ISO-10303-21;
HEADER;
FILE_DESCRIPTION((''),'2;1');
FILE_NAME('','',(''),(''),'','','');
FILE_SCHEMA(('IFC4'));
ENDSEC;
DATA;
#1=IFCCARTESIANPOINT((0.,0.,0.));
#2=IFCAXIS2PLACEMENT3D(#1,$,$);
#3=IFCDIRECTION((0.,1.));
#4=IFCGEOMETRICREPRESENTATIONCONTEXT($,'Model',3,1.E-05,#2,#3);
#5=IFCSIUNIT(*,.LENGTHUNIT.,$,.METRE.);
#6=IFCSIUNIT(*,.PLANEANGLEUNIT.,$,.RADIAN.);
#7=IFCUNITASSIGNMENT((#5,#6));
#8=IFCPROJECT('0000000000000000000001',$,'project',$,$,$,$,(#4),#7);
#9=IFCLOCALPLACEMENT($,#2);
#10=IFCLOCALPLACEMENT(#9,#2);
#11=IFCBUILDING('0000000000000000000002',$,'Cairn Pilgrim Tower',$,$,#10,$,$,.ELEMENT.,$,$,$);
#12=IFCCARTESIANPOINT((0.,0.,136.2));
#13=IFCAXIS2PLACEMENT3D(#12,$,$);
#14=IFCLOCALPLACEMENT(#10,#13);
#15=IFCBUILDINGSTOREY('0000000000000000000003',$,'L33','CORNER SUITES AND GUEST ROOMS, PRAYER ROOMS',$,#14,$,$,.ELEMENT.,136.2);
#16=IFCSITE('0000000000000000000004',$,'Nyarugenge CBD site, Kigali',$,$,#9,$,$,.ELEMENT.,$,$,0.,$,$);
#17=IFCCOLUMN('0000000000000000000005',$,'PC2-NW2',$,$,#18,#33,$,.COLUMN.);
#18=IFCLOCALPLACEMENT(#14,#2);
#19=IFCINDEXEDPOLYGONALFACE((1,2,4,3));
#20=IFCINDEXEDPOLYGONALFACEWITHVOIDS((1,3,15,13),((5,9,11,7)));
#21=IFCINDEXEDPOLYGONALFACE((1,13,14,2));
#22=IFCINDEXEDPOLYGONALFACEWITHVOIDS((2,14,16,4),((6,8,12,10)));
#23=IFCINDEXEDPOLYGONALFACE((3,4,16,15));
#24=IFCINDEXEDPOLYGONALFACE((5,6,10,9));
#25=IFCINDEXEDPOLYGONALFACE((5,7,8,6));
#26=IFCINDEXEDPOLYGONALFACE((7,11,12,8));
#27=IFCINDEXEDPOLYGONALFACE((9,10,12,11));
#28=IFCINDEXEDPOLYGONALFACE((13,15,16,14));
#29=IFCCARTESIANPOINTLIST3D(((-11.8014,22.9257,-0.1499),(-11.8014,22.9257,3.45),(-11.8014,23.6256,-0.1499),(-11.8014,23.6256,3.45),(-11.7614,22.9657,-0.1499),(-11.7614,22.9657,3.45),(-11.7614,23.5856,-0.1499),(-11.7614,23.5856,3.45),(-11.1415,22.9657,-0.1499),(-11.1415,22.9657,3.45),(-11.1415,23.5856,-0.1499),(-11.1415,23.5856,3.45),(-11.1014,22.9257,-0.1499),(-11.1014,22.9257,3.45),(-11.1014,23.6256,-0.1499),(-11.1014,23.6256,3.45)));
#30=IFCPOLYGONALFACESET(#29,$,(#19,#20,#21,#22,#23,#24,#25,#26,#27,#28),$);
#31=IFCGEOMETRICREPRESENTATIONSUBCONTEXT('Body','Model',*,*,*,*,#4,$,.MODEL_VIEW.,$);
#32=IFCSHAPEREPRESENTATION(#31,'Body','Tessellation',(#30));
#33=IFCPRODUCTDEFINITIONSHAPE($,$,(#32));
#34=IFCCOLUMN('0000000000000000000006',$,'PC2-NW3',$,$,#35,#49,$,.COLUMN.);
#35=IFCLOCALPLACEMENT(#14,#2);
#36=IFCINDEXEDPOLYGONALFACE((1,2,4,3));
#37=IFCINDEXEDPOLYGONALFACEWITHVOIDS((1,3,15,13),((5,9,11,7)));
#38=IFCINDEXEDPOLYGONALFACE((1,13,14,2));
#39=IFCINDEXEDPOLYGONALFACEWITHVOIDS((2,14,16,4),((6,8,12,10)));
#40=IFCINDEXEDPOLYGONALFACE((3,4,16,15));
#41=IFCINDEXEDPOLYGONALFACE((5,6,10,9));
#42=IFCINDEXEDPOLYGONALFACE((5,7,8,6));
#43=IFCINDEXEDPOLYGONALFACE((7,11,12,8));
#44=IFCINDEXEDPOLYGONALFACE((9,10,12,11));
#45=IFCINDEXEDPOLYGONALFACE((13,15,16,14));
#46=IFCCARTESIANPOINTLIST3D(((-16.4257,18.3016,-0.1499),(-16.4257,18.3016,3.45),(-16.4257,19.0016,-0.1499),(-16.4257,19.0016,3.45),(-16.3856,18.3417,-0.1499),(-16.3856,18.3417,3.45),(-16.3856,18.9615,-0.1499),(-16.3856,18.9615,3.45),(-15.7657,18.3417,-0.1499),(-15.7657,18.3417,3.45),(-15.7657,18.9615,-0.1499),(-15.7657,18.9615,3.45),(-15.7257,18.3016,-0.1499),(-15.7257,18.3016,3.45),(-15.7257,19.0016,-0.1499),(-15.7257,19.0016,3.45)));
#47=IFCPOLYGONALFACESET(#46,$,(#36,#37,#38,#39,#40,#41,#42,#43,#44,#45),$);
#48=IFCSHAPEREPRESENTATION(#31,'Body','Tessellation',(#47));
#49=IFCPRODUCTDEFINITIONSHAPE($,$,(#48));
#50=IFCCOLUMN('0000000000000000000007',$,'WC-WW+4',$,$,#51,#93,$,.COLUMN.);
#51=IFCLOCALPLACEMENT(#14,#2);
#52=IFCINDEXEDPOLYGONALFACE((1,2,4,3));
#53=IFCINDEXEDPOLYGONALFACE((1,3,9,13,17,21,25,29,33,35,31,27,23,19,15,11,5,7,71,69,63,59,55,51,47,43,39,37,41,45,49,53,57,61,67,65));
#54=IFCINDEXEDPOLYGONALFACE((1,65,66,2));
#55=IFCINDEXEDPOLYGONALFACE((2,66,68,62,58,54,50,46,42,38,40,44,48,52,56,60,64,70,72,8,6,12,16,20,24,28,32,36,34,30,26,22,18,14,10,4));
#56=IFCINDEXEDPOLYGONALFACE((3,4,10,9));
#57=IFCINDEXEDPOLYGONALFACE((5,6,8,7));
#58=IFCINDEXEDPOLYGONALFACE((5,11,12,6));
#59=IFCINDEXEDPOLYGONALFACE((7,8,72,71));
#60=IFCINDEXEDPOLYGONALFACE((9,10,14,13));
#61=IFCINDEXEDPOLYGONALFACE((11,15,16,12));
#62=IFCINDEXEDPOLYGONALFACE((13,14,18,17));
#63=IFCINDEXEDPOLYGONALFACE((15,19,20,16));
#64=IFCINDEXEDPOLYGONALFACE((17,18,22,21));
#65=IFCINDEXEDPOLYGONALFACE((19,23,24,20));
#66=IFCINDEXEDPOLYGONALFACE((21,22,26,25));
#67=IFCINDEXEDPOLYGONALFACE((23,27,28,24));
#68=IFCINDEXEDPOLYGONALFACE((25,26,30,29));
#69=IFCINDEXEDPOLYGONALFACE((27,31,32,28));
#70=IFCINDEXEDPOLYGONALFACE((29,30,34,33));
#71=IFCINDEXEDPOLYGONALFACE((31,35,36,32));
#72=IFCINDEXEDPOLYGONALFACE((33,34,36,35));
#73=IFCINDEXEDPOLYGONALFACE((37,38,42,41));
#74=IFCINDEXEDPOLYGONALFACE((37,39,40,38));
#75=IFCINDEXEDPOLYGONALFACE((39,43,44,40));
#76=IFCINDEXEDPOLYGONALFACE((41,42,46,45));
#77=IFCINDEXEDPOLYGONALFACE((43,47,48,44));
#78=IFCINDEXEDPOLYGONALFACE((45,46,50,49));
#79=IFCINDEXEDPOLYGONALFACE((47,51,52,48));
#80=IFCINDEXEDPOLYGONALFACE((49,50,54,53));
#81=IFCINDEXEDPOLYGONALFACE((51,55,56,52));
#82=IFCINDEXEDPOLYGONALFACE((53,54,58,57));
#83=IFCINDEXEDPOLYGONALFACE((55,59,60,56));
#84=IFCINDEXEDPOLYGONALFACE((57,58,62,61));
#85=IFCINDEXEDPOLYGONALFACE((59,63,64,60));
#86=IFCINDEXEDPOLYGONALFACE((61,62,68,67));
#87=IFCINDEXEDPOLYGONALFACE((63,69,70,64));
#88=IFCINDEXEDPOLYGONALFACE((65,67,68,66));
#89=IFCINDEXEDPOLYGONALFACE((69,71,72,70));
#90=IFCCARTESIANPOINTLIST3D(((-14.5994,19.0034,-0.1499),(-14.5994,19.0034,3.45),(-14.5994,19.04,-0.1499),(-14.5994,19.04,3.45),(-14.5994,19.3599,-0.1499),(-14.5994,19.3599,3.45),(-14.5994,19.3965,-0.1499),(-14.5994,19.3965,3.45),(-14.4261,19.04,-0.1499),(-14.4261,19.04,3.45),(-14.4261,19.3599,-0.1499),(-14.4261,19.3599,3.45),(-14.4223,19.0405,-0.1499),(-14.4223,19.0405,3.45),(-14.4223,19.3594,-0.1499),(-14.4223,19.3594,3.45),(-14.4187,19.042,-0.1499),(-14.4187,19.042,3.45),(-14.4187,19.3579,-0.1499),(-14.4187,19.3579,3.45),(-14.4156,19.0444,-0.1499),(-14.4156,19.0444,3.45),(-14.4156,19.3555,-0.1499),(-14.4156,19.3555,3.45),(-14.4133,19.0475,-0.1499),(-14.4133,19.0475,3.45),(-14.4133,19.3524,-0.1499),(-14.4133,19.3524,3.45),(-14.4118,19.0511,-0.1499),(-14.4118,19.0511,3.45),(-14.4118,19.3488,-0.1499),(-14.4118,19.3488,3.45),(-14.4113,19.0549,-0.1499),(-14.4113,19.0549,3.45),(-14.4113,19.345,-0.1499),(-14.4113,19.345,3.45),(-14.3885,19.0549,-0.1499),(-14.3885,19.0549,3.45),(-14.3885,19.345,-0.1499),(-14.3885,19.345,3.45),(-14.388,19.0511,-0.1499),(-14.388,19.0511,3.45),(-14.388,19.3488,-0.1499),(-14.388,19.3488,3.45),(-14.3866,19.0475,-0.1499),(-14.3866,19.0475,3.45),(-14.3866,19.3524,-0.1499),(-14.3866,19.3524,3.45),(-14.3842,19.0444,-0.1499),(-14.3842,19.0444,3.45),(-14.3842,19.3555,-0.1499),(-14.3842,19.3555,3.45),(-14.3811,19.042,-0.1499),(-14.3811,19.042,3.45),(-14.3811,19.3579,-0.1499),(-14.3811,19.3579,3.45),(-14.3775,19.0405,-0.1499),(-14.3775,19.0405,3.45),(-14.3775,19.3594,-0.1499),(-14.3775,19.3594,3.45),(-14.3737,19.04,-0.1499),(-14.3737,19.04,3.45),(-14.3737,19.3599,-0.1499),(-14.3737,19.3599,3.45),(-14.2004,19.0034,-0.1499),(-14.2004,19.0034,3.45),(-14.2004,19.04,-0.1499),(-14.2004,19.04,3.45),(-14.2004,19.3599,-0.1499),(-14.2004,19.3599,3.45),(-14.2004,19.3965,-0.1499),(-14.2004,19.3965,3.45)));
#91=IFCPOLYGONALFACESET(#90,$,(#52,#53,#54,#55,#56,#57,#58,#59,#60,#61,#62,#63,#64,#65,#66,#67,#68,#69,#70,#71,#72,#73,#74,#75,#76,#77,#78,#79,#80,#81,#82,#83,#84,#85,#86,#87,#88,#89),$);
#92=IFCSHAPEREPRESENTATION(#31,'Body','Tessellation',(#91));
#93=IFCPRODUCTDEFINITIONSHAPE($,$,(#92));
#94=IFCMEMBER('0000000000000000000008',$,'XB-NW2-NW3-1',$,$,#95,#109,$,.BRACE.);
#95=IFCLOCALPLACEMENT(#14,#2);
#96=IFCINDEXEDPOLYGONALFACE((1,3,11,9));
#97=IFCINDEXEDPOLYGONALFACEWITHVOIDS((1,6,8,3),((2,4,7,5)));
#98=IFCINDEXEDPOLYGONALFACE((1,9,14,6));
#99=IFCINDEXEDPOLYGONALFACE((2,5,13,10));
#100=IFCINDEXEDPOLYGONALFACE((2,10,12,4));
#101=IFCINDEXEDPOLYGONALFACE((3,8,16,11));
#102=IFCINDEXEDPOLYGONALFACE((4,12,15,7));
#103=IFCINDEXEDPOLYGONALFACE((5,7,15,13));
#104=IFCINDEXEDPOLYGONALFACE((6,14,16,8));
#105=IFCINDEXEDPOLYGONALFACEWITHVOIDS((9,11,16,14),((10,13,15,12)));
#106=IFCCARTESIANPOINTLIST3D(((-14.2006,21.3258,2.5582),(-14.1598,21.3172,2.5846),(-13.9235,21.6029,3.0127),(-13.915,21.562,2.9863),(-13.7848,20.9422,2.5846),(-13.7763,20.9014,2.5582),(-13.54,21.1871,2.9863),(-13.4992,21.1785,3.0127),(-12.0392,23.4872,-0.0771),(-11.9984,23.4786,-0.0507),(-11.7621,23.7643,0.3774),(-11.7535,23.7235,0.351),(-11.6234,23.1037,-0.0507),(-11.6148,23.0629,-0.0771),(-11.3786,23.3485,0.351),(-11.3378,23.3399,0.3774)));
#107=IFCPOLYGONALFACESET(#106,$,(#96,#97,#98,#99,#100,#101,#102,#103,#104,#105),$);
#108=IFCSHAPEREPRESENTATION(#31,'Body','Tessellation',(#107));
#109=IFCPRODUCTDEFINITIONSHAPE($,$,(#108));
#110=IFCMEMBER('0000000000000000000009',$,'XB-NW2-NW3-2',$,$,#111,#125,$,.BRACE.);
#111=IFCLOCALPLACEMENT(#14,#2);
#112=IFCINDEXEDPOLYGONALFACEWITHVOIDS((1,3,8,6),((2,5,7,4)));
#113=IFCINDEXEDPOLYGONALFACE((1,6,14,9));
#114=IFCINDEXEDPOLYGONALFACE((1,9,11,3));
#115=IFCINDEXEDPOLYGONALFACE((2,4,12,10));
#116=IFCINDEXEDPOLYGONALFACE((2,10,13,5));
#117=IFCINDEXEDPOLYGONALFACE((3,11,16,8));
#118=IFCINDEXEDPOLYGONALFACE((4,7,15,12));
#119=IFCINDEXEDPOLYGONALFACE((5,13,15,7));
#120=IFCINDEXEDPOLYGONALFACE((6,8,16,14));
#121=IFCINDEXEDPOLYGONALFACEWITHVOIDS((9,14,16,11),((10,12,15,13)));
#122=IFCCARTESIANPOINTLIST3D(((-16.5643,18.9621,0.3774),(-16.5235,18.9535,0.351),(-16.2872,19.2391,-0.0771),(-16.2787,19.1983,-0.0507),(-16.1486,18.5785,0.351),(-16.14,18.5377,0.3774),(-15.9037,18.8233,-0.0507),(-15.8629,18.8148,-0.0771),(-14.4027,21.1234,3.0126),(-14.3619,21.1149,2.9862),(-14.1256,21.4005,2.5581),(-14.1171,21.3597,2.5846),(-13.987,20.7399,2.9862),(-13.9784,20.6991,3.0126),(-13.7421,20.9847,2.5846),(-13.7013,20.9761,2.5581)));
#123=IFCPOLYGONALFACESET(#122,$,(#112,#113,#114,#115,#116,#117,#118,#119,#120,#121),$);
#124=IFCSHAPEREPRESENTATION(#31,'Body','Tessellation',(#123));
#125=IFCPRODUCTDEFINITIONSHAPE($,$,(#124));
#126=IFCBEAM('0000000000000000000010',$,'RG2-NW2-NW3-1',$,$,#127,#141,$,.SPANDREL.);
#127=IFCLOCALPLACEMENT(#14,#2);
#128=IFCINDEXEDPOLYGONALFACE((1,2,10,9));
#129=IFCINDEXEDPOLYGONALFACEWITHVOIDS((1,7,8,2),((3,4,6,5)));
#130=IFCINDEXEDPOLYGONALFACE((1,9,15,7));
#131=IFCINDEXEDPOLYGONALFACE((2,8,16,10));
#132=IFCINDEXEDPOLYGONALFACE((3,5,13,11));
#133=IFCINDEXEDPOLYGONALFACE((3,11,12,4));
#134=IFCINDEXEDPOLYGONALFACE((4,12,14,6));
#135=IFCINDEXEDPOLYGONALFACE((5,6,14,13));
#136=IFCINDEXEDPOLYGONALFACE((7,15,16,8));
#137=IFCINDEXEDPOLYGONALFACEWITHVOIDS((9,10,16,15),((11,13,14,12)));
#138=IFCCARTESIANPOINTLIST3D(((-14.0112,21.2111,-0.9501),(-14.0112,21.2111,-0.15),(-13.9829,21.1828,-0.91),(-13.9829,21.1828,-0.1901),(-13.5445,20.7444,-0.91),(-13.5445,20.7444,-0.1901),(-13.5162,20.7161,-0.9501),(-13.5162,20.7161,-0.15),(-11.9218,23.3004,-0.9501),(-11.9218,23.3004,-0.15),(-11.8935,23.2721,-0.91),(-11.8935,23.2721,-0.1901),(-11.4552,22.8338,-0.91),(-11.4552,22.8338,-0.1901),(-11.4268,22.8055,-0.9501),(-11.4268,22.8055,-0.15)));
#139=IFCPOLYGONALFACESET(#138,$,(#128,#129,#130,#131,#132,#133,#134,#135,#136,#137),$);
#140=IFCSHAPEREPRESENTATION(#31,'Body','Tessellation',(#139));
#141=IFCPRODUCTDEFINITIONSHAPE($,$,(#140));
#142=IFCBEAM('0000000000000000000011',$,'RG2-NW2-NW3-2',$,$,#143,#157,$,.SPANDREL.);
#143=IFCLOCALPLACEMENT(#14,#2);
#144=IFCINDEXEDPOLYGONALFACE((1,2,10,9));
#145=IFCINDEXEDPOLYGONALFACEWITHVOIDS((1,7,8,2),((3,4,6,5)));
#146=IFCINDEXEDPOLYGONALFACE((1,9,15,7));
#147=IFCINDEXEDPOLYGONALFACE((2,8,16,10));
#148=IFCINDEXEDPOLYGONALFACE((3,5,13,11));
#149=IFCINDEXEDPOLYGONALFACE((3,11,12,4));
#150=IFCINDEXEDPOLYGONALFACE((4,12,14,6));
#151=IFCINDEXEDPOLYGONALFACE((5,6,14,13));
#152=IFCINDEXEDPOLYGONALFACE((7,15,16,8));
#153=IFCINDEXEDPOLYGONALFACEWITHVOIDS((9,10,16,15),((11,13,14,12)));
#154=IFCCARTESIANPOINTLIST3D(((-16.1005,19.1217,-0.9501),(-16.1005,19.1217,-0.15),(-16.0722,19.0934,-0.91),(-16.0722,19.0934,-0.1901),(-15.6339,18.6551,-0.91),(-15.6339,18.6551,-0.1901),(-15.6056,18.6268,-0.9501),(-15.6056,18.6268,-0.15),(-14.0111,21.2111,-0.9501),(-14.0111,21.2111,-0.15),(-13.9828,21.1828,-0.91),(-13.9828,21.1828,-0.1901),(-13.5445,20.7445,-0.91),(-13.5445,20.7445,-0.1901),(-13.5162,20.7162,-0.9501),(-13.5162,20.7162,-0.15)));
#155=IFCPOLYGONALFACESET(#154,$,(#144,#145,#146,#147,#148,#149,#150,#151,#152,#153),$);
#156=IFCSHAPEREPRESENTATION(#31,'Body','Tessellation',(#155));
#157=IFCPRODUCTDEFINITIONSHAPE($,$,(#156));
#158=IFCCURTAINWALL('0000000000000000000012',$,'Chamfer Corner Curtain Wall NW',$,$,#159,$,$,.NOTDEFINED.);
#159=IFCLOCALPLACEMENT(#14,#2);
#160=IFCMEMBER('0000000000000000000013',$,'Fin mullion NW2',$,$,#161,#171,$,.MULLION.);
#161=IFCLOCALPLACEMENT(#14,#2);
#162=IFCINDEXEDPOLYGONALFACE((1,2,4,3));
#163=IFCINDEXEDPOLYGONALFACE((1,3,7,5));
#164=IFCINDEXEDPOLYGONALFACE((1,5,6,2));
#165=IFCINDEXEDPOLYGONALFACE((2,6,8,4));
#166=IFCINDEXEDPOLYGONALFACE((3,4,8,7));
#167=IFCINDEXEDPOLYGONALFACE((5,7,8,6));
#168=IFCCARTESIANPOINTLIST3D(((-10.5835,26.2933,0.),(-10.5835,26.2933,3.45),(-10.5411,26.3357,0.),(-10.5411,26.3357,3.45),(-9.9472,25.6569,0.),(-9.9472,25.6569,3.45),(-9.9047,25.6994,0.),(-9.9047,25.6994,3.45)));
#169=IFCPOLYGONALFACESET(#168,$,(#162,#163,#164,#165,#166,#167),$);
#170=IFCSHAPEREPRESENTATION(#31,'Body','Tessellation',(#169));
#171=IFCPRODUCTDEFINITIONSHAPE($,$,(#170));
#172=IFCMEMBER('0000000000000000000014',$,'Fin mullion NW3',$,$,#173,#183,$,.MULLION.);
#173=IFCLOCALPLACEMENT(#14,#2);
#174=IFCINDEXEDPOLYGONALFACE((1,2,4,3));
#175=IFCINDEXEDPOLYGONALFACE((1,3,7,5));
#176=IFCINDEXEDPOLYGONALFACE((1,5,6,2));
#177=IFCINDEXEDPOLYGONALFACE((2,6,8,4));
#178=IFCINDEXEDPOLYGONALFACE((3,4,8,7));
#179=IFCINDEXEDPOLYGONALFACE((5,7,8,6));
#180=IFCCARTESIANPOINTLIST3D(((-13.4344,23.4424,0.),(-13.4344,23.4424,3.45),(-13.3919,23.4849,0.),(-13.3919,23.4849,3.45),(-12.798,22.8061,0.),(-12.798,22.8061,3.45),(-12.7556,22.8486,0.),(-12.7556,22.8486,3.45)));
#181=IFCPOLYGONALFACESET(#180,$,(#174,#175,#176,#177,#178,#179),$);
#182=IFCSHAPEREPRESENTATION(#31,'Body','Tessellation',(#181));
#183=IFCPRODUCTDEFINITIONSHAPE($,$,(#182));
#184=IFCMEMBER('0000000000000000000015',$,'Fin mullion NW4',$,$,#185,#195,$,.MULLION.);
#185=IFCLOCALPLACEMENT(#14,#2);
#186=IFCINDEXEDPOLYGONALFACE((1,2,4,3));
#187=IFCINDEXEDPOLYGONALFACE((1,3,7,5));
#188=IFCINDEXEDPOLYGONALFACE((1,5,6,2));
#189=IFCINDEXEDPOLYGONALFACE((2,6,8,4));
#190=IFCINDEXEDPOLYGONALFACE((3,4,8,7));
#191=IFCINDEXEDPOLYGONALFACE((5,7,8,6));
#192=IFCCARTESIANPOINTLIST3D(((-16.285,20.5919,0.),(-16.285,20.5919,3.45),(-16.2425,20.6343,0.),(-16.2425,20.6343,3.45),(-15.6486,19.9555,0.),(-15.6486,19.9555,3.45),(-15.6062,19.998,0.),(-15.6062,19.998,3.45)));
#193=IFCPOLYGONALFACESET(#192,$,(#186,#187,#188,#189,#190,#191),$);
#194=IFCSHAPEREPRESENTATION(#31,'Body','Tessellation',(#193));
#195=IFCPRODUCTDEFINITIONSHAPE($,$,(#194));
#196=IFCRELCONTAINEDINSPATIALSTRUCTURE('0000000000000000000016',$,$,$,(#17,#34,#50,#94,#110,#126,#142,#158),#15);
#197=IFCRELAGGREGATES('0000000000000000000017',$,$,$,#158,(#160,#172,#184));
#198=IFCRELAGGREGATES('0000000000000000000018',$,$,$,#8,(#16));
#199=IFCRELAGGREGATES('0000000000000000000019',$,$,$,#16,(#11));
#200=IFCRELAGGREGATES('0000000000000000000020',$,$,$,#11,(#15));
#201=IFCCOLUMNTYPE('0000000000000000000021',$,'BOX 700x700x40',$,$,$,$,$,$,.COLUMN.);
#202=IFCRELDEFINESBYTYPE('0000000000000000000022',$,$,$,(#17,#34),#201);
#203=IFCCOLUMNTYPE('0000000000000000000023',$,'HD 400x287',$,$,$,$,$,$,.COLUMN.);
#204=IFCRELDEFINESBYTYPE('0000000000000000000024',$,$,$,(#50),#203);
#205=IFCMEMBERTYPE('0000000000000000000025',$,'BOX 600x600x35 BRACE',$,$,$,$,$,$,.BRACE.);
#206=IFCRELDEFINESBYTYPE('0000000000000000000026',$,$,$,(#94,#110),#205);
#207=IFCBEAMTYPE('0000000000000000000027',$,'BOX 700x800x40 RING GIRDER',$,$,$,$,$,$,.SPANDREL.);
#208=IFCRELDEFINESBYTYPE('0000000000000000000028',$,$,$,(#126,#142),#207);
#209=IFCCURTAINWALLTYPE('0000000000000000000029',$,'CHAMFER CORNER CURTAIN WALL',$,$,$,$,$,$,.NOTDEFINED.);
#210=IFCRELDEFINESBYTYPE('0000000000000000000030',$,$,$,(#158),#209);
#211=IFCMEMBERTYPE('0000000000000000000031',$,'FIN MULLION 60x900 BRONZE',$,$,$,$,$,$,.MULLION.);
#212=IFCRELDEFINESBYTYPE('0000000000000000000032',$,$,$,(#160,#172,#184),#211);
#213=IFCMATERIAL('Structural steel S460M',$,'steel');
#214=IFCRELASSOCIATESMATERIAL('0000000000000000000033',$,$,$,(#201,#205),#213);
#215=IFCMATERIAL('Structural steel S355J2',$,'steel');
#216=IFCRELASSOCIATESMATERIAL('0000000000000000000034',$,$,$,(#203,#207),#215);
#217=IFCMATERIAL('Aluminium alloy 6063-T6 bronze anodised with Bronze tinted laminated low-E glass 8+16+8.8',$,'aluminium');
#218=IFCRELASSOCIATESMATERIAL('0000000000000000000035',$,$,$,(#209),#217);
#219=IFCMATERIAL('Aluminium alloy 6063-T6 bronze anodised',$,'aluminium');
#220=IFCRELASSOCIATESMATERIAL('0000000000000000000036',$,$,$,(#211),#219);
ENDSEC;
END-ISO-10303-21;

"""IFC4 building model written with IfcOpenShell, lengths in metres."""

from ifc_helpers import new_model, si_unit, direction, frame, origin, origin_2d, place, context, subcontext, project, spatial, rectangle, hollow_rectangle, i_section, extrude, material, material_profile, profile_set, type_object, element, aggregate, save


model = new_model("IFC4")

# Units and contexts
model_context = context("Model", 3, precision=1e-05, world=origin(), true_north=direction((0.0, 1.0)))
body_context = subcontext(model_context, "Body", "Model", "MODEL_VIEW")
ifc_project = project(units=[si_unit("LENGTHUNIT", "METRE"), si_unit("PLANEANGLEUNIT", "RADIAN")], contexts=[model_context])

# Site, building, storey
site_placement = place(None, origin())
site = spatial("IfcSite", under=ifc_project, at=site_placement, Name="Nyarugenge CBD site, Kigali", CompositionType="ELEMENT", RefElevation=0.0)
building_placement = place(site_placement, origin())
building = spatial("IfcBuilding", under=site, at=building_placement, Name="Cairn Pilgrim Tower", CompositionType="ELEMENT")
storey_placement = place(building_placement, frame((0.0, 0.0, 136.2)))
storey = spatial("IfcBuildingStorey", under=building, at=storey_placement, Name="L33", Description="CORNER SUITES AND GUEST ROOMS, PRAYER ROOMS", CompositionType="ELEMENT", Elevation=136.2)

# Columns
ifc_material_1 = material(Name="Structural steel S460M", Category="steel")
ifc_material_profile_1 = material_profile(ifc_material_1, hollow_rectangle(XDim=0.7, YDim=0.7, WallThickness=0.04, at=origin_2d()), Name="BOX 700x700x40")
ifc_profile_set_1 = profile_set([ifc_material_profile_1], Name="Structural steel S460M")
column_type_1 = type_object("IfcColumnType", Name="BOX 700x700x40", PredefinedType="COLUMN", material=ifc_profile_set_1)
for number, where, z_axis, x_axis, name in (
    (1, (-11.4514, 23.2756, -0.1499), (0.0, 0.0, 1.0), (1.0, 0.0, 0.0), "PC2-NW2"),
    (2, (-16.0757, 18.6516, -0.1499), (0.0, 0.0, 1.0), (1.0, 0.0, 0.0), "PC2-NW3"),
):
    element("IfcColumn", number, at=place(storey_placement, frame(where, z_axis=z_axis, x_axis=x_axis)), inside=storey, type_object=column_type_1, Name=name, PredefinedType="COLUMN", context=body_context, shape_type="SweptSolid", body=[
        extrude(hollow_rectangle(XDim=0.7, YDim=0.7, WallThickness=0.04, at=origin_2d()), origin(), (0.0, 0.0, 1.0), 3.5999),
    ])
ifc_material_2 = material(Name="Structural steel S355J2", Category="steel")
ifc_material_profile_2 = material_profile(ifc_material_2, i_section(OverallWidth=0.3989, OverallDepth=0.3931, WebThickness=0.0227, FlangeThickness=0.0366, FilletRadius=0.0149, at=origin_2d()), Name="HD 400x287")
ifc_profile_set_2 = profile_set([ifc_material_profile_2], Name="Structural steel S355J2")
column_type_2 = type_object("IfcColumnType", Name="HD 400x287", PredefinedType="COLUMN", material=ifc_profile_set_2)
column_placement = place(storey_placement, frame((-14.3999, 19.2, -0.1499), z_axis=(0.0, 0.0, 1.0), x_axis=(1.0, 0.0, 0.0)))
element("IfcColumn", 3, at=column_placement, inside=storey, type_object=column_type_2, Name="WC-WW+4", PredefinedType="COLUMN", context=body_context, shape_type="SweptSolid", body=[
    extrude(i_section(OverallWidth=0.3989, OverallDepth=0.3931, WebThickness=0.0227, FlangeThickness=0.0366, FilletRadius=0.0149, at=origin_2d()), origin(), (0.0, 0.0, 1.0), 3.5999),
])

# Members
ifc_material_profile_3 = material_profile(ifc_material_1, hollow_rectangle(XDim=0.6001, YDim=0.6001, WallThickness=0.0349, at=origin_2d()), Name="BOX 600x600x35")
ifc_profile_set_3 = profile_set([ifc_material_profile_3], Name="Structural steel S460M")
member_type_1 = type_object("IfcMemberType", Name="BOX 600x600x35 BRACE", PredefinedType="BRACE", material=ifc_profile_set_3)
for number, where, z_axis, x_axis, name in (
    (4, (-11.6885, 23.4136, 0.1501), (-0.535551, -0.535551, 0.65297), (0.707107, -0.707107, 0.0), "XB-NW2-NW3-1"),
    (5, (-16.2136, 18.8884, 0.1501), (0.535594, 0.535534, 0.652949), (-0.707067, 0.707147, 0.0), "XB-NW2-NW3-2"),
):
    element("IfcMember", number, at=place(storey_placement, frame(where, z_axis=z_axis, x_axis=x_axis)), inside=storey, type_object=member_type_1, Name=name, PredefinedType="BRACE", context=body_context, shape_type="SweptSolid", body=[
        extrude(hollow_rectangle(XDim=0.6001, YDim=0.6001, WallThickness=0.0349, at=origin_2d()), origin(), (0.0, 0.0, 1.0), 4.0359),
    ])

# Beams
ifc_material_profile_4 = material_profile(ifc_material_2, hollow_rectangle(XDim=0.7, YDim=0.8, WallThickness=0.04, at=origin_2d()), Name="BOX 700x800x40")
ifc_profile_set_4 = profile_set([ifc_material_profile_4], Name="Structural steel S355J2")
beam_type_1 = type_object("IfcBeamType", Name="BOX 700x800x40 RING GIRDER", PredefinedType="SPANDREL", material=ifc_profile_set_4)
for number, where, z_axis, x_axis, name in (
    (6, (-11.6743, 23.053, -0.55), (-0.707107, -0.707107, 0.0), (0.707107, -0.707107, 0.0), "RG2-NW2-NW3-1"),
    (7, (-13.7637, 20.9636, -0.55), (-0.707107, -0.707107, 0.0), (0.707107, -0.707107, 0.0), "RG2-NW2-NW3-2"),
):
    element("IfcBeam", number, at=place(storey_placement, frame(where, z_axis=z_axis, x_axis=x_axis)), inside=storey, type_object=beam_type_1, Name=name, PredefinedType="SPANDREL", context=body_context, shape_type="SweptSolid", body=[
        extrude(hollow_rectangle(XDim=0.7, YDim=0.8, WallThickness=0.04, at=origin_2d()), origin(), (0.0, 0.0, 1.0), 2.9548),
    ])

# Curtain wall, members
ifc_material_3 = material(Name="Aluminium alloy 6063-T6 bronze anodised with Bronze tinted laminated low-E glass 8+16+8.8", Category="aluminium")
curtain_wall_type = type_object("IfcCurtainWallType", Name="CHAMFER CORNER CURTAIN WALL", PredefinedType="NOTDEFINED", material=ifc_material_3)
curtain_wall_placement = place(storey_placement, origin())
curtain_wall = element("IfcCurtainWall", 8, at=curtain_wall_placement, inside=storey, type_object=curtain_wall_type, Name="Chamfer Corner Curtain Wall NW", PredefinedType="NOTDEFINED")
ifc_material_4 = material(Name="Aluminium alloy 6063-T6 bronze anodised", Category="aluminium")
ifc_material_profile_5 = material_profile(ifc_material_4, rectangle(XDim=0.8999, YDim=0.0601, at=origin_2d()), Name="FIN MULLION 60x900 BRONZE")
ifc_profile_set_5 = profile_set([ifc_material_profile_5], Name="Aluminium alloy 6063-T6 bronze anodised")
member_type_2 = type_object("IfcMemberType", Name="FIN MULLION 60x900 BRONZE", PredefinedType="MULLION", material=ifc_profile_set_5)
member_1_placement = place(storey_placement, frame((-10.2441, 25.9963, 0.0), z_axis=(0.0, 0.0, 1.0), x_axis=(-0.707107, 0.707107, 0.0)))
member_1 = element("IfcMember", 9, at=member_1_placement, type_object=member_type_2, Name="Fin mullion NW2", PredefinedType="MULLION", context=body_context, shape_type="SweptSolid", body=[
    extrude(rectangle(XDim=0.8999, YDim=0.0601, at=origin_2d()), origin(), (0.0, 0.0, 1.0), 3.45),
])
member_2_placement = place(storey_placement, frame((-13.095, 23.1455, 0.0), z_axis=(0.0, 0.0, 1.0), x_axis=(-0.707107, 0.707107, 0.0)))
member_2 = element("IfcMember", 10, at=member_2_placement, type_object=member_type_2, Name="Fin mullion NW3", PredefinedType="MULLION", context=body_context, shape_type="SweptSolid", body=[
    extrude(rectangle(XDim=0.8999, YDim=0.0601, at=origin_2d()), origin(), (0.0, 0.0, 1.0), 3.45),
])
member_3_placement = place(storey_placement, frame((-15.9456, 20.2949, 0.0), z_axis=(0.0, 0.0, 1.0), x_axis=(-0.707107, 0.707107, 0.0)))
member_3 = element("IfcMember", 11, at=member_3_placement, type_object=member_type_2, Name="Fin mullion NW4", PredefinedType="MULLION", context=body_context, shape_type="SweptSolid", body=[
    extrude(rectangle(XDim=0.8999, YDim=0.0601, at=origin_2d()), origin(), (0.0, 0.0, 1.0), 3.45),
])

aggregate(curtain_wall, [member_1, member_2, member_3])

save(model, "model.ifc")
